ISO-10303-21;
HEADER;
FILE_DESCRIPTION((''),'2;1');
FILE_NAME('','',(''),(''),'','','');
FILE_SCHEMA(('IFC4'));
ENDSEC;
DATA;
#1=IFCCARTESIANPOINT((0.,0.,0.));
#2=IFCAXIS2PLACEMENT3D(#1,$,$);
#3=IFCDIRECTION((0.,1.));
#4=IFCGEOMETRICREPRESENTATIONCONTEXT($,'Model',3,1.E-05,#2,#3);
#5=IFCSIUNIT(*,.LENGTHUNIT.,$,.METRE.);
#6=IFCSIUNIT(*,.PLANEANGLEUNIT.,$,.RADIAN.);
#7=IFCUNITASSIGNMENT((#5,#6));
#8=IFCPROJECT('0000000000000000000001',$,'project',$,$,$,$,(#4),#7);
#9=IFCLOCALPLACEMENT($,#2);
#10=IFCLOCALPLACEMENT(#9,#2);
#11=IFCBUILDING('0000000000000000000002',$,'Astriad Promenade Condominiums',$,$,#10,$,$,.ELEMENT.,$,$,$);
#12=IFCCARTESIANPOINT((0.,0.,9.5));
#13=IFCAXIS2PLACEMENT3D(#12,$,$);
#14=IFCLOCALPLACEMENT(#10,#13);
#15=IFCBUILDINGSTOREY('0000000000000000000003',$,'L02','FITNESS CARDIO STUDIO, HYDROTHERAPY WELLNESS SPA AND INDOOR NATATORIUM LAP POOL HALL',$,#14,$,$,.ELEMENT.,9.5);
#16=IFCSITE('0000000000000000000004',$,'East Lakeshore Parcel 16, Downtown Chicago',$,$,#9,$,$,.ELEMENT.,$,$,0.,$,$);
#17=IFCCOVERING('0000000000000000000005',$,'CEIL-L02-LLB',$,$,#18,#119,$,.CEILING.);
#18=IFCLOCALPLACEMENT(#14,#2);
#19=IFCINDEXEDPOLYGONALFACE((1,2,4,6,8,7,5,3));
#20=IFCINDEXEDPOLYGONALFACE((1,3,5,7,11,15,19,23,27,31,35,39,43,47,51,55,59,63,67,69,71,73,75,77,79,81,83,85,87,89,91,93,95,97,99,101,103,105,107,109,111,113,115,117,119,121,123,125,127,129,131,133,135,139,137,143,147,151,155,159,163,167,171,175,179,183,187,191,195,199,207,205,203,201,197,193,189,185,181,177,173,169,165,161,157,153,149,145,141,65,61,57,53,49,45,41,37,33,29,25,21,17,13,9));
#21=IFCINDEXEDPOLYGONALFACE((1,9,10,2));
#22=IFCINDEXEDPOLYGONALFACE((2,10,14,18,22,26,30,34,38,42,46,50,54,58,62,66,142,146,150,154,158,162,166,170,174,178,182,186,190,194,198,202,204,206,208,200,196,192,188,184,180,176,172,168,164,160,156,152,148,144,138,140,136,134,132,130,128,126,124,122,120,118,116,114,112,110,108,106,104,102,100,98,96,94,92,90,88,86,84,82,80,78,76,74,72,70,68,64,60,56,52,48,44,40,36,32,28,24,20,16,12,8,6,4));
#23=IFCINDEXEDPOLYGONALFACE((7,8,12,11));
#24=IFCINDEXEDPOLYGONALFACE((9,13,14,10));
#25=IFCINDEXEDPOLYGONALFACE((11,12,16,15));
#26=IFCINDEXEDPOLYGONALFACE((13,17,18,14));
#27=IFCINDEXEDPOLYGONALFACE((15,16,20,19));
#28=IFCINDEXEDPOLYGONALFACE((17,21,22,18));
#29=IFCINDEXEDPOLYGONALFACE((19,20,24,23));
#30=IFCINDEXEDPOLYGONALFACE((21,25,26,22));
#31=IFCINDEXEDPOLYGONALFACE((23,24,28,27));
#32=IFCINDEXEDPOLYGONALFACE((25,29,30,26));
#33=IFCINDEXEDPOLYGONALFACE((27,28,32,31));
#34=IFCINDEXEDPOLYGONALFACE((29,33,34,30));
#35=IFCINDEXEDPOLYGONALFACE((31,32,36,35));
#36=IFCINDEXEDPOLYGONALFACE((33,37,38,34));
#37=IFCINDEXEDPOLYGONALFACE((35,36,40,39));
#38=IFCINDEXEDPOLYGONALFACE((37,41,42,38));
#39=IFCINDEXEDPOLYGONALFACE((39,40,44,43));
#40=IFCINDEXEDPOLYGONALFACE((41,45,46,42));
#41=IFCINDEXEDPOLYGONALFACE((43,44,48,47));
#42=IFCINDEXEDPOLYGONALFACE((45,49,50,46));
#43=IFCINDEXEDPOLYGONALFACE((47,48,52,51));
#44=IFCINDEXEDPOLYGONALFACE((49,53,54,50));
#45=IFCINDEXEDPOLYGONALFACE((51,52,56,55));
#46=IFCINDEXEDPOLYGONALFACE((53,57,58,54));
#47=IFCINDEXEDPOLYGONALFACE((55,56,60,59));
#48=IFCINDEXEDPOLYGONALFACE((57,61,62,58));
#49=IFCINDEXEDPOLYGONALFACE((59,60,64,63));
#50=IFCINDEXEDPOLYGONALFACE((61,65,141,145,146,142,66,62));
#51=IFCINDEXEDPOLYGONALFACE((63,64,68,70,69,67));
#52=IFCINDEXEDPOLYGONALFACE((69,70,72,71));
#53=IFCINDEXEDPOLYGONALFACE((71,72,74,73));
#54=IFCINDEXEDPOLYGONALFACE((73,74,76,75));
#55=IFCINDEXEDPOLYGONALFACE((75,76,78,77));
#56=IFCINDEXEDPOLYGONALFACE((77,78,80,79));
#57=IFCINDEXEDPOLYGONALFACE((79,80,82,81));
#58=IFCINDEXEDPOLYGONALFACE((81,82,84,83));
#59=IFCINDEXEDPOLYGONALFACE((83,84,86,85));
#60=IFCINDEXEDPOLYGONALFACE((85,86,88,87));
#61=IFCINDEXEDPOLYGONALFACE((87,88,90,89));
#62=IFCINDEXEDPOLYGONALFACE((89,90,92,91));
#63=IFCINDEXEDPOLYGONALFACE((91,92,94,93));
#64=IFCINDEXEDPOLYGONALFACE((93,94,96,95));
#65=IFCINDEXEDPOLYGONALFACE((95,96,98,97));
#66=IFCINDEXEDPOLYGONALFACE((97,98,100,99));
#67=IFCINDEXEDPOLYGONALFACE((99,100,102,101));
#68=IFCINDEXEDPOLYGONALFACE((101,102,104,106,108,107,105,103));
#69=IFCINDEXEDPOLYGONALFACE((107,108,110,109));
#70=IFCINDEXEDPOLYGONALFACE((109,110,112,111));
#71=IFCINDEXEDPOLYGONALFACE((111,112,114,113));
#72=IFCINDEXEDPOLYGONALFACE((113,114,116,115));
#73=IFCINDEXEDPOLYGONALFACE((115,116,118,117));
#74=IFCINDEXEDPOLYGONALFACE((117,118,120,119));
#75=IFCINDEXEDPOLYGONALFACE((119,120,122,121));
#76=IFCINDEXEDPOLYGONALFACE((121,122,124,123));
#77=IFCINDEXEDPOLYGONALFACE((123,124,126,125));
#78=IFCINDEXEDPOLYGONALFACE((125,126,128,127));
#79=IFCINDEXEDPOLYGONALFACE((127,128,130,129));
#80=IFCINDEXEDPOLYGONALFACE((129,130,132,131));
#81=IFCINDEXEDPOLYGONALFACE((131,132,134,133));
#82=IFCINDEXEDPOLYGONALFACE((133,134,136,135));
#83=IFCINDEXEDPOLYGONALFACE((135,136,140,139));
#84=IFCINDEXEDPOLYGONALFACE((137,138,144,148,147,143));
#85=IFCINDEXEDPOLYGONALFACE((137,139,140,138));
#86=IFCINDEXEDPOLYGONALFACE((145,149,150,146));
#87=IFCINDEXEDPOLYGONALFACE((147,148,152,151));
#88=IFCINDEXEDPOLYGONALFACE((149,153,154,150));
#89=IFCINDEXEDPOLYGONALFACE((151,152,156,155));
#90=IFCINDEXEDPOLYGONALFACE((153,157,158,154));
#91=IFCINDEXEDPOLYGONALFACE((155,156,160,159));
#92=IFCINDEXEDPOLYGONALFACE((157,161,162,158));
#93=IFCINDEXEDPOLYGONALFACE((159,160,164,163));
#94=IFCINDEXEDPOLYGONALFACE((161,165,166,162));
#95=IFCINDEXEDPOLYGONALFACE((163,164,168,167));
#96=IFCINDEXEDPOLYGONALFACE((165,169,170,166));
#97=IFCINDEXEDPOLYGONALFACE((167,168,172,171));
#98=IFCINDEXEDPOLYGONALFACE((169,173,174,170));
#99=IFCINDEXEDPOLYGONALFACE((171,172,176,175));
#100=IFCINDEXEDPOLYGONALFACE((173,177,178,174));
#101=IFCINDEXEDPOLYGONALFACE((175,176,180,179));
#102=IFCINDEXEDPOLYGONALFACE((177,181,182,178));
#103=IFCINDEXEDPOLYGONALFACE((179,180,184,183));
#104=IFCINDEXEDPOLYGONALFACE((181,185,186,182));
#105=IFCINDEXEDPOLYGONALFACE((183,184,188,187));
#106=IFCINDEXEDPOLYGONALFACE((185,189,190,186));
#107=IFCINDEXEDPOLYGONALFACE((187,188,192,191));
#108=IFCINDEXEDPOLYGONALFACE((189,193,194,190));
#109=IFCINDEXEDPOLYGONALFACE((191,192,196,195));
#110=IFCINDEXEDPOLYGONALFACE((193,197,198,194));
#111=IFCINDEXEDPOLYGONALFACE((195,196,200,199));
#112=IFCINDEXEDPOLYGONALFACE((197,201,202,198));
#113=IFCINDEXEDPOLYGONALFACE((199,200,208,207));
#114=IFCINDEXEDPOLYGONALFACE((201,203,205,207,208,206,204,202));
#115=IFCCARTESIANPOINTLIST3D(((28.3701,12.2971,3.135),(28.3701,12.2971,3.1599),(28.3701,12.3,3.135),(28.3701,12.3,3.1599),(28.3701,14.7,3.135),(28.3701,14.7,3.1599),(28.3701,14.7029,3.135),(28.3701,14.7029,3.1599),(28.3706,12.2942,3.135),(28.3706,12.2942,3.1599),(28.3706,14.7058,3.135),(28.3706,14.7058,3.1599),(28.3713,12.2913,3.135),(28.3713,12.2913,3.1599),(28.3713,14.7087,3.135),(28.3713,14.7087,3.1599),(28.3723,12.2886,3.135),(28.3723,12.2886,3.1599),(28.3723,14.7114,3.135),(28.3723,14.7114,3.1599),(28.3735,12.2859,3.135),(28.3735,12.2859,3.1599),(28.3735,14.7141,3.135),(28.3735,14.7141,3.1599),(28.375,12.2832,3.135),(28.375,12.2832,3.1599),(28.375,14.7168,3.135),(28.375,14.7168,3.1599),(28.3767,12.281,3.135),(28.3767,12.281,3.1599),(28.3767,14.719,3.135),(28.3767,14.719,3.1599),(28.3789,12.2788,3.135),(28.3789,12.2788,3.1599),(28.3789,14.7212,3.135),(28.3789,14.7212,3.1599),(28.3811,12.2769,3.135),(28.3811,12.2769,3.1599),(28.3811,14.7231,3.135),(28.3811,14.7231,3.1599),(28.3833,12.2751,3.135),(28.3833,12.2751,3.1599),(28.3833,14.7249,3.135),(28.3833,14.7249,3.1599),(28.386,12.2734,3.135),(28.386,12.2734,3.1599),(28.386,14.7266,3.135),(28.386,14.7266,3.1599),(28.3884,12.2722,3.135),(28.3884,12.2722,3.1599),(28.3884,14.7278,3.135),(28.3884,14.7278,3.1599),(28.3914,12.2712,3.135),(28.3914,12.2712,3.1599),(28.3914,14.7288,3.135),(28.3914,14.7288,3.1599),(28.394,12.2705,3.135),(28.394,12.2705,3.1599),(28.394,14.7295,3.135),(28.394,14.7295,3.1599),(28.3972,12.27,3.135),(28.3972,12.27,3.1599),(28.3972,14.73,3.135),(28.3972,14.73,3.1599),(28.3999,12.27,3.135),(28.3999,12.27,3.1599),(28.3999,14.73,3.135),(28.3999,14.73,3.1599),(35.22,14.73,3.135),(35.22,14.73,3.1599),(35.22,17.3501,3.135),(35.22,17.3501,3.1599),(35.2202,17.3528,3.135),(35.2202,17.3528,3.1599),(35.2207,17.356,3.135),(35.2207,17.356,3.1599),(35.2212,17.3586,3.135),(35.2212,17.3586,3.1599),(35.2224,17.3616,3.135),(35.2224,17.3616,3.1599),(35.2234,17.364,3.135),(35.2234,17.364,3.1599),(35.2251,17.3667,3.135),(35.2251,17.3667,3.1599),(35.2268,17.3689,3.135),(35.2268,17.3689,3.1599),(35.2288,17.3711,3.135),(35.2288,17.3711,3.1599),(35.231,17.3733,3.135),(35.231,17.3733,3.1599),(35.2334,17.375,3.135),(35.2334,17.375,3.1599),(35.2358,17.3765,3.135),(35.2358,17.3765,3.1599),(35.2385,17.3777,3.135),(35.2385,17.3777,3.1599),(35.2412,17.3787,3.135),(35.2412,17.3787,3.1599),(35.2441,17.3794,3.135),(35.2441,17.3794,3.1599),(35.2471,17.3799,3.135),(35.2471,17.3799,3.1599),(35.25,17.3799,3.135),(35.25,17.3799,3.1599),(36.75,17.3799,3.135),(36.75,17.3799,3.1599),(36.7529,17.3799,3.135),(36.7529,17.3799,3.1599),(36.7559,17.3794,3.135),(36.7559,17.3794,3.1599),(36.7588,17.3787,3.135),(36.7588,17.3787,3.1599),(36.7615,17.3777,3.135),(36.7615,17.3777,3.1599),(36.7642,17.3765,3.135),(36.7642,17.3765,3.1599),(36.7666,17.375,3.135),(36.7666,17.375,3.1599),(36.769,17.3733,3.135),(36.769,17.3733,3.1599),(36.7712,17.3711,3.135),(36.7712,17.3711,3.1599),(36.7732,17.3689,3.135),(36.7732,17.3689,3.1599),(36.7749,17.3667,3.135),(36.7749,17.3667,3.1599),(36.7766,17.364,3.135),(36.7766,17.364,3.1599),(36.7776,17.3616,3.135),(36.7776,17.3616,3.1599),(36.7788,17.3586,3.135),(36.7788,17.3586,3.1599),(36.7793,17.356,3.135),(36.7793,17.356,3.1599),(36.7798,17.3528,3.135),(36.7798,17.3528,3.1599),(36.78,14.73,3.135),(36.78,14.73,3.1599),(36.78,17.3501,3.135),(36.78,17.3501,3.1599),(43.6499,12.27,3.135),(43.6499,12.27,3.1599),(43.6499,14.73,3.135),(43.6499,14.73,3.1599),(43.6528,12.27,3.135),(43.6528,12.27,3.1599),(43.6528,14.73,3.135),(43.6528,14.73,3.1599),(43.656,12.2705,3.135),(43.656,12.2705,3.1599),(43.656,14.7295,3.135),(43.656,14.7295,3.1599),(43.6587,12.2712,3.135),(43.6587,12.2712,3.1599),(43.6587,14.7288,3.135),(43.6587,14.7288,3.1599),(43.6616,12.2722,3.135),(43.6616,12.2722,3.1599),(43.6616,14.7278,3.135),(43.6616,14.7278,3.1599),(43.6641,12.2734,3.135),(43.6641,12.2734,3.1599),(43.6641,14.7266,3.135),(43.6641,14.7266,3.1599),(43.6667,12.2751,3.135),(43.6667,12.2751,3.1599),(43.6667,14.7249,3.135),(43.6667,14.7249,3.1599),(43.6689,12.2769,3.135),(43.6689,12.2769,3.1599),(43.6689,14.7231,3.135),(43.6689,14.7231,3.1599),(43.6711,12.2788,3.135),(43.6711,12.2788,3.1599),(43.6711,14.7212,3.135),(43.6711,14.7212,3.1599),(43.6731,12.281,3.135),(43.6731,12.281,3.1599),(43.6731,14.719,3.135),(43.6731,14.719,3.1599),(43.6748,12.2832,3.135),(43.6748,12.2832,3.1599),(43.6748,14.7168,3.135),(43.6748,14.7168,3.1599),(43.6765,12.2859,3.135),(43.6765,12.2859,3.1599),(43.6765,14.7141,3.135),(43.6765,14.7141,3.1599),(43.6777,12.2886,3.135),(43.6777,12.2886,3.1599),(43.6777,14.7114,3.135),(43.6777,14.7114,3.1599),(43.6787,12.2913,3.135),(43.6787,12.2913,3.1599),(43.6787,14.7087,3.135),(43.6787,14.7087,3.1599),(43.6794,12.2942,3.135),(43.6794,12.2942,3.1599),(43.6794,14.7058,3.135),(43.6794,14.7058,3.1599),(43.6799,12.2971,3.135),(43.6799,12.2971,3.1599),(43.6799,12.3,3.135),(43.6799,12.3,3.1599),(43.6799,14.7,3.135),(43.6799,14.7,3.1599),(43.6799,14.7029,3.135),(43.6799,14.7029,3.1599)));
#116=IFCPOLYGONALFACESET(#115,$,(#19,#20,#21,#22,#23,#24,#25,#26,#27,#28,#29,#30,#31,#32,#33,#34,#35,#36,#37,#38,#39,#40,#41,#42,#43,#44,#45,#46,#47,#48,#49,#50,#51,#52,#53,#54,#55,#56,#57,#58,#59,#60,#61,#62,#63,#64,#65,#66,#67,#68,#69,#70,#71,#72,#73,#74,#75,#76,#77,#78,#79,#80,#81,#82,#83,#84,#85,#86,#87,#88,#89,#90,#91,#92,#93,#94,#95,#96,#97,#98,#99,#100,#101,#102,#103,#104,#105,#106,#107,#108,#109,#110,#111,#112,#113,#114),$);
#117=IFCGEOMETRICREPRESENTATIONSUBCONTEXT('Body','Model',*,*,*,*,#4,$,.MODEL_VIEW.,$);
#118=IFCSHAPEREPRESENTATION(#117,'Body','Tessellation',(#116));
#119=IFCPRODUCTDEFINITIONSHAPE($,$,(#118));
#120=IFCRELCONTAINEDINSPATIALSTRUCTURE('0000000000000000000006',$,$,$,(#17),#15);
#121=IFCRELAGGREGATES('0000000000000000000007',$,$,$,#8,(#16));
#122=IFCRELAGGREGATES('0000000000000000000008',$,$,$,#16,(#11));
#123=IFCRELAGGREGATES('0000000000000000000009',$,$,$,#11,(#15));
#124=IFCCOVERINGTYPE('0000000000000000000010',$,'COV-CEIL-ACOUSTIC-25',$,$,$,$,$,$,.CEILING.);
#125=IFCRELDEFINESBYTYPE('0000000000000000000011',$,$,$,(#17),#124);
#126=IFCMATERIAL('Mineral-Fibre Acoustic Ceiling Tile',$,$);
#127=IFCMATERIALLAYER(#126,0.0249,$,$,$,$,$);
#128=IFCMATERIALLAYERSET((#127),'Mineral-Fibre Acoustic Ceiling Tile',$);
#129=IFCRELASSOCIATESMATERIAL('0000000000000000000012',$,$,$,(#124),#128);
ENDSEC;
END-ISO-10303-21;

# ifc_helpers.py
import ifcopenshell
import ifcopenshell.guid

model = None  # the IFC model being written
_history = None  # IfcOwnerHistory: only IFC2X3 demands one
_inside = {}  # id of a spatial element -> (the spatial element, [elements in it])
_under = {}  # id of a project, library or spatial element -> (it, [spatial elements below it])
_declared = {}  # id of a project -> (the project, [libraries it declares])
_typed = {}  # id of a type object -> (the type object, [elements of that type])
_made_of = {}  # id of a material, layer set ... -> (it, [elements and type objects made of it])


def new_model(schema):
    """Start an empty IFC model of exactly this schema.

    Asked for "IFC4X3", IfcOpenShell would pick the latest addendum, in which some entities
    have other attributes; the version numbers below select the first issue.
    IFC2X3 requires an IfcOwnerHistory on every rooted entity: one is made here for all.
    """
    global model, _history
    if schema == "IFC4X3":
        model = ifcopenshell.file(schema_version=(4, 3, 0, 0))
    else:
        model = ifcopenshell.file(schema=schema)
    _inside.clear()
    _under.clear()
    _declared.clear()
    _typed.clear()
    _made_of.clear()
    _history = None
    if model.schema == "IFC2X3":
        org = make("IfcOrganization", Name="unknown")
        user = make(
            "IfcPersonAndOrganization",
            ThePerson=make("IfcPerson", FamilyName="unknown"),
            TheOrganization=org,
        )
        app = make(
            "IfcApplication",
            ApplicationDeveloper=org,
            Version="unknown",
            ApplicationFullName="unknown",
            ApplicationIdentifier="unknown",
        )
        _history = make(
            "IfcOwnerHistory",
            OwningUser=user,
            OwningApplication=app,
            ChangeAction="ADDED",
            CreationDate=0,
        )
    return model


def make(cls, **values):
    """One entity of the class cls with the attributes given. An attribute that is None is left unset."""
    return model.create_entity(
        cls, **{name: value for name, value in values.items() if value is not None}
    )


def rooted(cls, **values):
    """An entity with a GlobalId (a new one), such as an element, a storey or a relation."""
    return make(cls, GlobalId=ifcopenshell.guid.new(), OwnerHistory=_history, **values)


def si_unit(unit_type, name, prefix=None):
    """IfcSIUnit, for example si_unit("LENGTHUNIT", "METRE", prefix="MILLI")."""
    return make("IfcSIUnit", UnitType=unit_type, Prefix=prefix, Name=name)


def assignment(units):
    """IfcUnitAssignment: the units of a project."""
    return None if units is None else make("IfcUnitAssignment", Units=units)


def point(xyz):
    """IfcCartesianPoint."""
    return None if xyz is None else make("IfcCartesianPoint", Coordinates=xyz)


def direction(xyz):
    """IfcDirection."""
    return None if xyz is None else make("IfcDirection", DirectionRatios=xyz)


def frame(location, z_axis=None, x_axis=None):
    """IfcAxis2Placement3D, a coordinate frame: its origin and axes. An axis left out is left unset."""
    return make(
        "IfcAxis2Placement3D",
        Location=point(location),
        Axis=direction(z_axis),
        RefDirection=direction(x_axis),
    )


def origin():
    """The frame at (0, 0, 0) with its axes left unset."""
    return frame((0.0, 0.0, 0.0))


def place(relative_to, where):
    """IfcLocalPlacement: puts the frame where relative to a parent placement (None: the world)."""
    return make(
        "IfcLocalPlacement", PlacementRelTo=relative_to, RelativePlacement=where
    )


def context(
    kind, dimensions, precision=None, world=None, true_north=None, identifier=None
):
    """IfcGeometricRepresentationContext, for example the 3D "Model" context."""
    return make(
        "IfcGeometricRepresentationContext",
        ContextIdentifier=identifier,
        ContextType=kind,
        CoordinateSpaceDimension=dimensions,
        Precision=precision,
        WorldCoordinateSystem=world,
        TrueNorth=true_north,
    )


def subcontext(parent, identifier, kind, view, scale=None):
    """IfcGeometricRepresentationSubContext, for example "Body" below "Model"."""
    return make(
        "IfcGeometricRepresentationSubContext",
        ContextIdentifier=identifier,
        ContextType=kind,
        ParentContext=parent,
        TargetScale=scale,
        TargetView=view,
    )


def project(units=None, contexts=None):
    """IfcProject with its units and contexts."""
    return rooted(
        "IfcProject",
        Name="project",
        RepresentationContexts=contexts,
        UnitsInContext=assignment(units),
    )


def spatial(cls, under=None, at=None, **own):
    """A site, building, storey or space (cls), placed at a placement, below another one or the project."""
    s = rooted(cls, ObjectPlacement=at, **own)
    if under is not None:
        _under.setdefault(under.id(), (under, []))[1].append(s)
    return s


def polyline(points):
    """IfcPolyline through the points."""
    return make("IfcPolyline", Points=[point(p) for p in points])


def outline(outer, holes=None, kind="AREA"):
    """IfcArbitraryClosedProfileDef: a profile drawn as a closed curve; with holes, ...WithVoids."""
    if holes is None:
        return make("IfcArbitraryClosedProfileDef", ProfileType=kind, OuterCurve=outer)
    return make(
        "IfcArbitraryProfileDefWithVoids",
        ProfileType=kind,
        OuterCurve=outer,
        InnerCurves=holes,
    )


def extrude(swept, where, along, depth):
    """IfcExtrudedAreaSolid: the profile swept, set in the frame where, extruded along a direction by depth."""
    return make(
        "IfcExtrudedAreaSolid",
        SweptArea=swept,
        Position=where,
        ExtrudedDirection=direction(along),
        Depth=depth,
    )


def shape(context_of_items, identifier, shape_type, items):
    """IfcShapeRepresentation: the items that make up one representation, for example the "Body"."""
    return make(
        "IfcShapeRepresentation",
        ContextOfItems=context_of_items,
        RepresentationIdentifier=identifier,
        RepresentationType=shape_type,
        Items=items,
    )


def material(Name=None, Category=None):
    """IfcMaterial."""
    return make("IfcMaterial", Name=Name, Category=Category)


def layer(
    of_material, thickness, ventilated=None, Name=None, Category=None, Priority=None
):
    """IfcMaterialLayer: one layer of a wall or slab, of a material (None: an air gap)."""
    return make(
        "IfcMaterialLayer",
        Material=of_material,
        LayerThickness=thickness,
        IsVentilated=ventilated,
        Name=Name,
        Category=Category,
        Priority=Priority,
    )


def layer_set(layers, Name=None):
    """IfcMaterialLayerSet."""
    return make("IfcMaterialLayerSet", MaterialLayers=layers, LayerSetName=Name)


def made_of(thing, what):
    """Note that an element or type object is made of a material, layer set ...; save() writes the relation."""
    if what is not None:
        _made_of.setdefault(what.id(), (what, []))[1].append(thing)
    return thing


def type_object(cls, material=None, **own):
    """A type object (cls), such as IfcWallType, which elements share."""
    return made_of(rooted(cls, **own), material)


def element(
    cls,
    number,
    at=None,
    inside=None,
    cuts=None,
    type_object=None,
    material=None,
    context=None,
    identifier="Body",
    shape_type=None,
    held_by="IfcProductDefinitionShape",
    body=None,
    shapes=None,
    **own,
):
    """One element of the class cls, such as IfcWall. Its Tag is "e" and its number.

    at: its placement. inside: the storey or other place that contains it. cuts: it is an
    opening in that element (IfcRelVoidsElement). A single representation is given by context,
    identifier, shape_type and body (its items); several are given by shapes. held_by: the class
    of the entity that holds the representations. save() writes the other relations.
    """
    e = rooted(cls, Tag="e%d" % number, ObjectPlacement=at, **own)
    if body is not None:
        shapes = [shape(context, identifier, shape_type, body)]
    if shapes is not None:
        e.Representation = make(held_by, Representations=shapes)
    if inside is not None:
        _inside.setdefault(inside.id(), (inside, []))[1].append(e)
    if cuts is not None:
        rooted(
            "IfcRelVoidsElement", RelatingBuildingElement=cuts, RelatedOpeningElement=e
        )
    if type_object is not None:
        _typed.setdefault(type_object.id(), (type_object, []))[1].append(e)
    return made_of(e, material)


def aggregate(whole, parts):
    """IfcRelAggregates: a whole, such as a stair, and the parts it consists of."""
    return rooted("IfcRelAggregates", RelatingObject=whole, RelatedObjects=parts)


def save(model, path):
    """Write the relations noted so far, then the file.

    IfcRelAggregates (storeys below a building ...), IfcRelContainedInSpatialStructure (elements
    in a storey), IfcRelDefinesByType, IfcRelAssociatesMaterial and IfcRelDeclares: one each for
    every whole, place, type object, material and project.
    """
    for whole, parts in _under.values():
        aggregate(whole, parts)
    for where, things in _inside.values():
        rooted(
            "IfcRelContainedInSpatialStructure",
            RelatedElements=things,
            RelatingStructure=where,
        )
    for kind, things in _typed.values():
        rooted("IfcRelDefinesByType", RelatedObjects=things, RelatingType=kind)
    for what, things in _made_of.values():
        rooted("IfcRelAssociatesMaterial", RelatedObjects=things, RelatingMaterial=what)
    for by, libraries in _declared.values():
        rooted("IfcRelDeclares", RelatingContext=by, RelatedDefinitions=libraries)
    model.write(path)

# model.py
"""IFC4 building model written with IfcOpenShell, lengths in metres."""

from ifc_helpers import new_model, si_unit, direction, frame, origin, place, context, subcontext, project, spatial, polyline, outline, extrude, material, layer, layer_set, type_object, element, save


model = new_model("IFC4")

# Units and contexts
model_context = context("Model", 3, precision=1e-05, world=origin(), true_north=direction((0.0, 1.0)))
body_context = subcontext(model_context, "Body", "Model", "MODEL_VIEW")
ifc_project = project(units=[si_unit("LENGTHUNIT", "METRE"), si_unit("PLANEANGLEUNIT", "RADIAN")], contexts=[model_context])

# Site, building, storey
site_placement = place(None, origin())
site = spatial("IfcSite", under=ifc_project, at=site_placement, Name="East Lakeshore Parcel 16, Downtown Chicago", CompositionType="ELEMENT", RefElevation=0.0)
building_placement = place(site_placement, origin())
building = spatial("IfcBuilding", under=site, at=building_placement, Name="Astriad Promenade Condominiums", CompositionType="ELEMENT")
storey_placement = place(building_placement, frame((0.0, 0.0, 9.5)))
storey = spatial("IfcBuildingStorey", under=building, at=storey_placement, Name="L02", Description="FITNESS CARDIO STUDIO, HYDROTHERAPY WELLNESS SPA AND INDOOR NATATORIUM LAP POOL HALL", CompositionType="ELEMENT", Elevation=9.5)

# Covering
ifc_material_1 = material(Name="Mineral-Fibre Acoustic Ceiling Tile")
ifc_layer_1 = layer(ifc_material_1, 0.0249)
ifc_layer_set_1 = layer_set([ifc_layer_1], Name="Mineral-Fibre Acoustic Ceiling Tile")
covering_type_1 = type_object("IfcCoveringType", Name="COV-CEIL-ACOUSTIC-25", PredefinedType="CEILING", material=ifc_layer_set_1)
covering_1_placement = place(storey_placement, frame((0.0, 0.0, 3.135)))
element("IfcCovering", 1, at=covering_1_placement, inside=storey, type_object=covering_type_1, Name="CEIL-L02-LLB", PredefinedType="CEILING", context=body_context, shape_type="SweptSolid", body=[
    extrude(outline(polyline([(43.6799, 12.3), (43.6799, 12.2971), (43.6794, 12.2942), (43.6787, 12.2913), (43.6777, 12.2886), (43.6765, 12.2859), (43.6748, 12.2832), (43.6731, 12.281), (43.6711, 12.2788), (43.6689, 12.2769), (43.6667, 12.2751), (43.6641, 12.2734), (43.6616, 12.2722), (43.6587, 12.2712), (43.656, 12.2705), (43.6528, 12.27), (43.6499, 12.27), (28.3999, 12.27), (28.3972, 12.27), (28.394, 12.2705), (28.3914, 12.2712), (28.3884, 12.2722), (28.386, 12.2734), (28.3833, 12.2751), (28.3811, 12.2769), (28.3789, 12.2788), (28.3767, 12.281), (28.375, 12.2832), (28.3735, 12.2859), (28.3723, 12.2886), (28.3713, 12.2913), (28.3706, 12.2942), (28.3701, 12.2971), (28.3701, 12.3), (28.3701, 14.7), (28.3701, 14.7029), (28.3706, 14.7058), (28.3713, 14.7087), (28.3723, 14.7114), (28.3735, 14.7141), (28.375, 14.7168), (28.3767, 14.719), (28.3789, 14.7212), (28.3811, 14.7231), (28.3833, 14.7249), (28.386, 14.7266), (28.3884, 14.7278), (28.3914, 14.7288), (28.394, 14.7295), (28.3972, 14.73), (28.3999, 14.73), (35.22, 14.73), (35.22, 17.3501), (35.2202, 17.3528), (35.2207, 17.356), (35.2212, 17.3586), (35.2224, 17.3616), (35.2234, 17.364), (35.2251, 17.3667), (35.2268, 17.3689), (35.2288, 17.3711), (35.231, 17.3733), (35.2334, 17.375), (35.2358, 17.3765), (35.2385, 17.3777), (35.2412, 17.3787), (35.2441, 17.3794), (35.2471, 17.3799), (35.25, 17.3799), (36.75, 17.3799), (36.7529, 17.3799), (36.7559, 17.3794), (36.7588, 17.3787), (36.7615, 17.3777), (36.7642, 17.3765), (36.7666, 17.375), (36.769, 17.3733), (36.7712, 17.3711), (36.7732, 17.3689), (36.7749, 17.3667), (36.7766, 17.364), (36.7776, 17.3616), (36.7788, 17.3586), (36.7793, 17.356), (36.7798, 17.3528), (36.78, 17.3501), (36.78, 14.73), (43.6499, 14.73), (43.6528, 14.73), (43.656, 14.7295), (43.6587, 14.7288), (43.6616, 14.7278), (43.6641, 14.7266), (43.6667, 14.7249), (43.6689, 14.7231), (43.6711, 14.7212), (43.6731, 14.719), (43.6748, 14.7168), (43.6765, 14.7141), (43.6777, 14.7114), (43.6787, 14.7087), (43.6794, 14.7058), (43.6799, 14.7029), (43.6799, 14.7), (43.6799, 12.3)])), origin(), (0.0, 0.0, 1.0), 0.0249),
])

save(model, "model.ifc")
